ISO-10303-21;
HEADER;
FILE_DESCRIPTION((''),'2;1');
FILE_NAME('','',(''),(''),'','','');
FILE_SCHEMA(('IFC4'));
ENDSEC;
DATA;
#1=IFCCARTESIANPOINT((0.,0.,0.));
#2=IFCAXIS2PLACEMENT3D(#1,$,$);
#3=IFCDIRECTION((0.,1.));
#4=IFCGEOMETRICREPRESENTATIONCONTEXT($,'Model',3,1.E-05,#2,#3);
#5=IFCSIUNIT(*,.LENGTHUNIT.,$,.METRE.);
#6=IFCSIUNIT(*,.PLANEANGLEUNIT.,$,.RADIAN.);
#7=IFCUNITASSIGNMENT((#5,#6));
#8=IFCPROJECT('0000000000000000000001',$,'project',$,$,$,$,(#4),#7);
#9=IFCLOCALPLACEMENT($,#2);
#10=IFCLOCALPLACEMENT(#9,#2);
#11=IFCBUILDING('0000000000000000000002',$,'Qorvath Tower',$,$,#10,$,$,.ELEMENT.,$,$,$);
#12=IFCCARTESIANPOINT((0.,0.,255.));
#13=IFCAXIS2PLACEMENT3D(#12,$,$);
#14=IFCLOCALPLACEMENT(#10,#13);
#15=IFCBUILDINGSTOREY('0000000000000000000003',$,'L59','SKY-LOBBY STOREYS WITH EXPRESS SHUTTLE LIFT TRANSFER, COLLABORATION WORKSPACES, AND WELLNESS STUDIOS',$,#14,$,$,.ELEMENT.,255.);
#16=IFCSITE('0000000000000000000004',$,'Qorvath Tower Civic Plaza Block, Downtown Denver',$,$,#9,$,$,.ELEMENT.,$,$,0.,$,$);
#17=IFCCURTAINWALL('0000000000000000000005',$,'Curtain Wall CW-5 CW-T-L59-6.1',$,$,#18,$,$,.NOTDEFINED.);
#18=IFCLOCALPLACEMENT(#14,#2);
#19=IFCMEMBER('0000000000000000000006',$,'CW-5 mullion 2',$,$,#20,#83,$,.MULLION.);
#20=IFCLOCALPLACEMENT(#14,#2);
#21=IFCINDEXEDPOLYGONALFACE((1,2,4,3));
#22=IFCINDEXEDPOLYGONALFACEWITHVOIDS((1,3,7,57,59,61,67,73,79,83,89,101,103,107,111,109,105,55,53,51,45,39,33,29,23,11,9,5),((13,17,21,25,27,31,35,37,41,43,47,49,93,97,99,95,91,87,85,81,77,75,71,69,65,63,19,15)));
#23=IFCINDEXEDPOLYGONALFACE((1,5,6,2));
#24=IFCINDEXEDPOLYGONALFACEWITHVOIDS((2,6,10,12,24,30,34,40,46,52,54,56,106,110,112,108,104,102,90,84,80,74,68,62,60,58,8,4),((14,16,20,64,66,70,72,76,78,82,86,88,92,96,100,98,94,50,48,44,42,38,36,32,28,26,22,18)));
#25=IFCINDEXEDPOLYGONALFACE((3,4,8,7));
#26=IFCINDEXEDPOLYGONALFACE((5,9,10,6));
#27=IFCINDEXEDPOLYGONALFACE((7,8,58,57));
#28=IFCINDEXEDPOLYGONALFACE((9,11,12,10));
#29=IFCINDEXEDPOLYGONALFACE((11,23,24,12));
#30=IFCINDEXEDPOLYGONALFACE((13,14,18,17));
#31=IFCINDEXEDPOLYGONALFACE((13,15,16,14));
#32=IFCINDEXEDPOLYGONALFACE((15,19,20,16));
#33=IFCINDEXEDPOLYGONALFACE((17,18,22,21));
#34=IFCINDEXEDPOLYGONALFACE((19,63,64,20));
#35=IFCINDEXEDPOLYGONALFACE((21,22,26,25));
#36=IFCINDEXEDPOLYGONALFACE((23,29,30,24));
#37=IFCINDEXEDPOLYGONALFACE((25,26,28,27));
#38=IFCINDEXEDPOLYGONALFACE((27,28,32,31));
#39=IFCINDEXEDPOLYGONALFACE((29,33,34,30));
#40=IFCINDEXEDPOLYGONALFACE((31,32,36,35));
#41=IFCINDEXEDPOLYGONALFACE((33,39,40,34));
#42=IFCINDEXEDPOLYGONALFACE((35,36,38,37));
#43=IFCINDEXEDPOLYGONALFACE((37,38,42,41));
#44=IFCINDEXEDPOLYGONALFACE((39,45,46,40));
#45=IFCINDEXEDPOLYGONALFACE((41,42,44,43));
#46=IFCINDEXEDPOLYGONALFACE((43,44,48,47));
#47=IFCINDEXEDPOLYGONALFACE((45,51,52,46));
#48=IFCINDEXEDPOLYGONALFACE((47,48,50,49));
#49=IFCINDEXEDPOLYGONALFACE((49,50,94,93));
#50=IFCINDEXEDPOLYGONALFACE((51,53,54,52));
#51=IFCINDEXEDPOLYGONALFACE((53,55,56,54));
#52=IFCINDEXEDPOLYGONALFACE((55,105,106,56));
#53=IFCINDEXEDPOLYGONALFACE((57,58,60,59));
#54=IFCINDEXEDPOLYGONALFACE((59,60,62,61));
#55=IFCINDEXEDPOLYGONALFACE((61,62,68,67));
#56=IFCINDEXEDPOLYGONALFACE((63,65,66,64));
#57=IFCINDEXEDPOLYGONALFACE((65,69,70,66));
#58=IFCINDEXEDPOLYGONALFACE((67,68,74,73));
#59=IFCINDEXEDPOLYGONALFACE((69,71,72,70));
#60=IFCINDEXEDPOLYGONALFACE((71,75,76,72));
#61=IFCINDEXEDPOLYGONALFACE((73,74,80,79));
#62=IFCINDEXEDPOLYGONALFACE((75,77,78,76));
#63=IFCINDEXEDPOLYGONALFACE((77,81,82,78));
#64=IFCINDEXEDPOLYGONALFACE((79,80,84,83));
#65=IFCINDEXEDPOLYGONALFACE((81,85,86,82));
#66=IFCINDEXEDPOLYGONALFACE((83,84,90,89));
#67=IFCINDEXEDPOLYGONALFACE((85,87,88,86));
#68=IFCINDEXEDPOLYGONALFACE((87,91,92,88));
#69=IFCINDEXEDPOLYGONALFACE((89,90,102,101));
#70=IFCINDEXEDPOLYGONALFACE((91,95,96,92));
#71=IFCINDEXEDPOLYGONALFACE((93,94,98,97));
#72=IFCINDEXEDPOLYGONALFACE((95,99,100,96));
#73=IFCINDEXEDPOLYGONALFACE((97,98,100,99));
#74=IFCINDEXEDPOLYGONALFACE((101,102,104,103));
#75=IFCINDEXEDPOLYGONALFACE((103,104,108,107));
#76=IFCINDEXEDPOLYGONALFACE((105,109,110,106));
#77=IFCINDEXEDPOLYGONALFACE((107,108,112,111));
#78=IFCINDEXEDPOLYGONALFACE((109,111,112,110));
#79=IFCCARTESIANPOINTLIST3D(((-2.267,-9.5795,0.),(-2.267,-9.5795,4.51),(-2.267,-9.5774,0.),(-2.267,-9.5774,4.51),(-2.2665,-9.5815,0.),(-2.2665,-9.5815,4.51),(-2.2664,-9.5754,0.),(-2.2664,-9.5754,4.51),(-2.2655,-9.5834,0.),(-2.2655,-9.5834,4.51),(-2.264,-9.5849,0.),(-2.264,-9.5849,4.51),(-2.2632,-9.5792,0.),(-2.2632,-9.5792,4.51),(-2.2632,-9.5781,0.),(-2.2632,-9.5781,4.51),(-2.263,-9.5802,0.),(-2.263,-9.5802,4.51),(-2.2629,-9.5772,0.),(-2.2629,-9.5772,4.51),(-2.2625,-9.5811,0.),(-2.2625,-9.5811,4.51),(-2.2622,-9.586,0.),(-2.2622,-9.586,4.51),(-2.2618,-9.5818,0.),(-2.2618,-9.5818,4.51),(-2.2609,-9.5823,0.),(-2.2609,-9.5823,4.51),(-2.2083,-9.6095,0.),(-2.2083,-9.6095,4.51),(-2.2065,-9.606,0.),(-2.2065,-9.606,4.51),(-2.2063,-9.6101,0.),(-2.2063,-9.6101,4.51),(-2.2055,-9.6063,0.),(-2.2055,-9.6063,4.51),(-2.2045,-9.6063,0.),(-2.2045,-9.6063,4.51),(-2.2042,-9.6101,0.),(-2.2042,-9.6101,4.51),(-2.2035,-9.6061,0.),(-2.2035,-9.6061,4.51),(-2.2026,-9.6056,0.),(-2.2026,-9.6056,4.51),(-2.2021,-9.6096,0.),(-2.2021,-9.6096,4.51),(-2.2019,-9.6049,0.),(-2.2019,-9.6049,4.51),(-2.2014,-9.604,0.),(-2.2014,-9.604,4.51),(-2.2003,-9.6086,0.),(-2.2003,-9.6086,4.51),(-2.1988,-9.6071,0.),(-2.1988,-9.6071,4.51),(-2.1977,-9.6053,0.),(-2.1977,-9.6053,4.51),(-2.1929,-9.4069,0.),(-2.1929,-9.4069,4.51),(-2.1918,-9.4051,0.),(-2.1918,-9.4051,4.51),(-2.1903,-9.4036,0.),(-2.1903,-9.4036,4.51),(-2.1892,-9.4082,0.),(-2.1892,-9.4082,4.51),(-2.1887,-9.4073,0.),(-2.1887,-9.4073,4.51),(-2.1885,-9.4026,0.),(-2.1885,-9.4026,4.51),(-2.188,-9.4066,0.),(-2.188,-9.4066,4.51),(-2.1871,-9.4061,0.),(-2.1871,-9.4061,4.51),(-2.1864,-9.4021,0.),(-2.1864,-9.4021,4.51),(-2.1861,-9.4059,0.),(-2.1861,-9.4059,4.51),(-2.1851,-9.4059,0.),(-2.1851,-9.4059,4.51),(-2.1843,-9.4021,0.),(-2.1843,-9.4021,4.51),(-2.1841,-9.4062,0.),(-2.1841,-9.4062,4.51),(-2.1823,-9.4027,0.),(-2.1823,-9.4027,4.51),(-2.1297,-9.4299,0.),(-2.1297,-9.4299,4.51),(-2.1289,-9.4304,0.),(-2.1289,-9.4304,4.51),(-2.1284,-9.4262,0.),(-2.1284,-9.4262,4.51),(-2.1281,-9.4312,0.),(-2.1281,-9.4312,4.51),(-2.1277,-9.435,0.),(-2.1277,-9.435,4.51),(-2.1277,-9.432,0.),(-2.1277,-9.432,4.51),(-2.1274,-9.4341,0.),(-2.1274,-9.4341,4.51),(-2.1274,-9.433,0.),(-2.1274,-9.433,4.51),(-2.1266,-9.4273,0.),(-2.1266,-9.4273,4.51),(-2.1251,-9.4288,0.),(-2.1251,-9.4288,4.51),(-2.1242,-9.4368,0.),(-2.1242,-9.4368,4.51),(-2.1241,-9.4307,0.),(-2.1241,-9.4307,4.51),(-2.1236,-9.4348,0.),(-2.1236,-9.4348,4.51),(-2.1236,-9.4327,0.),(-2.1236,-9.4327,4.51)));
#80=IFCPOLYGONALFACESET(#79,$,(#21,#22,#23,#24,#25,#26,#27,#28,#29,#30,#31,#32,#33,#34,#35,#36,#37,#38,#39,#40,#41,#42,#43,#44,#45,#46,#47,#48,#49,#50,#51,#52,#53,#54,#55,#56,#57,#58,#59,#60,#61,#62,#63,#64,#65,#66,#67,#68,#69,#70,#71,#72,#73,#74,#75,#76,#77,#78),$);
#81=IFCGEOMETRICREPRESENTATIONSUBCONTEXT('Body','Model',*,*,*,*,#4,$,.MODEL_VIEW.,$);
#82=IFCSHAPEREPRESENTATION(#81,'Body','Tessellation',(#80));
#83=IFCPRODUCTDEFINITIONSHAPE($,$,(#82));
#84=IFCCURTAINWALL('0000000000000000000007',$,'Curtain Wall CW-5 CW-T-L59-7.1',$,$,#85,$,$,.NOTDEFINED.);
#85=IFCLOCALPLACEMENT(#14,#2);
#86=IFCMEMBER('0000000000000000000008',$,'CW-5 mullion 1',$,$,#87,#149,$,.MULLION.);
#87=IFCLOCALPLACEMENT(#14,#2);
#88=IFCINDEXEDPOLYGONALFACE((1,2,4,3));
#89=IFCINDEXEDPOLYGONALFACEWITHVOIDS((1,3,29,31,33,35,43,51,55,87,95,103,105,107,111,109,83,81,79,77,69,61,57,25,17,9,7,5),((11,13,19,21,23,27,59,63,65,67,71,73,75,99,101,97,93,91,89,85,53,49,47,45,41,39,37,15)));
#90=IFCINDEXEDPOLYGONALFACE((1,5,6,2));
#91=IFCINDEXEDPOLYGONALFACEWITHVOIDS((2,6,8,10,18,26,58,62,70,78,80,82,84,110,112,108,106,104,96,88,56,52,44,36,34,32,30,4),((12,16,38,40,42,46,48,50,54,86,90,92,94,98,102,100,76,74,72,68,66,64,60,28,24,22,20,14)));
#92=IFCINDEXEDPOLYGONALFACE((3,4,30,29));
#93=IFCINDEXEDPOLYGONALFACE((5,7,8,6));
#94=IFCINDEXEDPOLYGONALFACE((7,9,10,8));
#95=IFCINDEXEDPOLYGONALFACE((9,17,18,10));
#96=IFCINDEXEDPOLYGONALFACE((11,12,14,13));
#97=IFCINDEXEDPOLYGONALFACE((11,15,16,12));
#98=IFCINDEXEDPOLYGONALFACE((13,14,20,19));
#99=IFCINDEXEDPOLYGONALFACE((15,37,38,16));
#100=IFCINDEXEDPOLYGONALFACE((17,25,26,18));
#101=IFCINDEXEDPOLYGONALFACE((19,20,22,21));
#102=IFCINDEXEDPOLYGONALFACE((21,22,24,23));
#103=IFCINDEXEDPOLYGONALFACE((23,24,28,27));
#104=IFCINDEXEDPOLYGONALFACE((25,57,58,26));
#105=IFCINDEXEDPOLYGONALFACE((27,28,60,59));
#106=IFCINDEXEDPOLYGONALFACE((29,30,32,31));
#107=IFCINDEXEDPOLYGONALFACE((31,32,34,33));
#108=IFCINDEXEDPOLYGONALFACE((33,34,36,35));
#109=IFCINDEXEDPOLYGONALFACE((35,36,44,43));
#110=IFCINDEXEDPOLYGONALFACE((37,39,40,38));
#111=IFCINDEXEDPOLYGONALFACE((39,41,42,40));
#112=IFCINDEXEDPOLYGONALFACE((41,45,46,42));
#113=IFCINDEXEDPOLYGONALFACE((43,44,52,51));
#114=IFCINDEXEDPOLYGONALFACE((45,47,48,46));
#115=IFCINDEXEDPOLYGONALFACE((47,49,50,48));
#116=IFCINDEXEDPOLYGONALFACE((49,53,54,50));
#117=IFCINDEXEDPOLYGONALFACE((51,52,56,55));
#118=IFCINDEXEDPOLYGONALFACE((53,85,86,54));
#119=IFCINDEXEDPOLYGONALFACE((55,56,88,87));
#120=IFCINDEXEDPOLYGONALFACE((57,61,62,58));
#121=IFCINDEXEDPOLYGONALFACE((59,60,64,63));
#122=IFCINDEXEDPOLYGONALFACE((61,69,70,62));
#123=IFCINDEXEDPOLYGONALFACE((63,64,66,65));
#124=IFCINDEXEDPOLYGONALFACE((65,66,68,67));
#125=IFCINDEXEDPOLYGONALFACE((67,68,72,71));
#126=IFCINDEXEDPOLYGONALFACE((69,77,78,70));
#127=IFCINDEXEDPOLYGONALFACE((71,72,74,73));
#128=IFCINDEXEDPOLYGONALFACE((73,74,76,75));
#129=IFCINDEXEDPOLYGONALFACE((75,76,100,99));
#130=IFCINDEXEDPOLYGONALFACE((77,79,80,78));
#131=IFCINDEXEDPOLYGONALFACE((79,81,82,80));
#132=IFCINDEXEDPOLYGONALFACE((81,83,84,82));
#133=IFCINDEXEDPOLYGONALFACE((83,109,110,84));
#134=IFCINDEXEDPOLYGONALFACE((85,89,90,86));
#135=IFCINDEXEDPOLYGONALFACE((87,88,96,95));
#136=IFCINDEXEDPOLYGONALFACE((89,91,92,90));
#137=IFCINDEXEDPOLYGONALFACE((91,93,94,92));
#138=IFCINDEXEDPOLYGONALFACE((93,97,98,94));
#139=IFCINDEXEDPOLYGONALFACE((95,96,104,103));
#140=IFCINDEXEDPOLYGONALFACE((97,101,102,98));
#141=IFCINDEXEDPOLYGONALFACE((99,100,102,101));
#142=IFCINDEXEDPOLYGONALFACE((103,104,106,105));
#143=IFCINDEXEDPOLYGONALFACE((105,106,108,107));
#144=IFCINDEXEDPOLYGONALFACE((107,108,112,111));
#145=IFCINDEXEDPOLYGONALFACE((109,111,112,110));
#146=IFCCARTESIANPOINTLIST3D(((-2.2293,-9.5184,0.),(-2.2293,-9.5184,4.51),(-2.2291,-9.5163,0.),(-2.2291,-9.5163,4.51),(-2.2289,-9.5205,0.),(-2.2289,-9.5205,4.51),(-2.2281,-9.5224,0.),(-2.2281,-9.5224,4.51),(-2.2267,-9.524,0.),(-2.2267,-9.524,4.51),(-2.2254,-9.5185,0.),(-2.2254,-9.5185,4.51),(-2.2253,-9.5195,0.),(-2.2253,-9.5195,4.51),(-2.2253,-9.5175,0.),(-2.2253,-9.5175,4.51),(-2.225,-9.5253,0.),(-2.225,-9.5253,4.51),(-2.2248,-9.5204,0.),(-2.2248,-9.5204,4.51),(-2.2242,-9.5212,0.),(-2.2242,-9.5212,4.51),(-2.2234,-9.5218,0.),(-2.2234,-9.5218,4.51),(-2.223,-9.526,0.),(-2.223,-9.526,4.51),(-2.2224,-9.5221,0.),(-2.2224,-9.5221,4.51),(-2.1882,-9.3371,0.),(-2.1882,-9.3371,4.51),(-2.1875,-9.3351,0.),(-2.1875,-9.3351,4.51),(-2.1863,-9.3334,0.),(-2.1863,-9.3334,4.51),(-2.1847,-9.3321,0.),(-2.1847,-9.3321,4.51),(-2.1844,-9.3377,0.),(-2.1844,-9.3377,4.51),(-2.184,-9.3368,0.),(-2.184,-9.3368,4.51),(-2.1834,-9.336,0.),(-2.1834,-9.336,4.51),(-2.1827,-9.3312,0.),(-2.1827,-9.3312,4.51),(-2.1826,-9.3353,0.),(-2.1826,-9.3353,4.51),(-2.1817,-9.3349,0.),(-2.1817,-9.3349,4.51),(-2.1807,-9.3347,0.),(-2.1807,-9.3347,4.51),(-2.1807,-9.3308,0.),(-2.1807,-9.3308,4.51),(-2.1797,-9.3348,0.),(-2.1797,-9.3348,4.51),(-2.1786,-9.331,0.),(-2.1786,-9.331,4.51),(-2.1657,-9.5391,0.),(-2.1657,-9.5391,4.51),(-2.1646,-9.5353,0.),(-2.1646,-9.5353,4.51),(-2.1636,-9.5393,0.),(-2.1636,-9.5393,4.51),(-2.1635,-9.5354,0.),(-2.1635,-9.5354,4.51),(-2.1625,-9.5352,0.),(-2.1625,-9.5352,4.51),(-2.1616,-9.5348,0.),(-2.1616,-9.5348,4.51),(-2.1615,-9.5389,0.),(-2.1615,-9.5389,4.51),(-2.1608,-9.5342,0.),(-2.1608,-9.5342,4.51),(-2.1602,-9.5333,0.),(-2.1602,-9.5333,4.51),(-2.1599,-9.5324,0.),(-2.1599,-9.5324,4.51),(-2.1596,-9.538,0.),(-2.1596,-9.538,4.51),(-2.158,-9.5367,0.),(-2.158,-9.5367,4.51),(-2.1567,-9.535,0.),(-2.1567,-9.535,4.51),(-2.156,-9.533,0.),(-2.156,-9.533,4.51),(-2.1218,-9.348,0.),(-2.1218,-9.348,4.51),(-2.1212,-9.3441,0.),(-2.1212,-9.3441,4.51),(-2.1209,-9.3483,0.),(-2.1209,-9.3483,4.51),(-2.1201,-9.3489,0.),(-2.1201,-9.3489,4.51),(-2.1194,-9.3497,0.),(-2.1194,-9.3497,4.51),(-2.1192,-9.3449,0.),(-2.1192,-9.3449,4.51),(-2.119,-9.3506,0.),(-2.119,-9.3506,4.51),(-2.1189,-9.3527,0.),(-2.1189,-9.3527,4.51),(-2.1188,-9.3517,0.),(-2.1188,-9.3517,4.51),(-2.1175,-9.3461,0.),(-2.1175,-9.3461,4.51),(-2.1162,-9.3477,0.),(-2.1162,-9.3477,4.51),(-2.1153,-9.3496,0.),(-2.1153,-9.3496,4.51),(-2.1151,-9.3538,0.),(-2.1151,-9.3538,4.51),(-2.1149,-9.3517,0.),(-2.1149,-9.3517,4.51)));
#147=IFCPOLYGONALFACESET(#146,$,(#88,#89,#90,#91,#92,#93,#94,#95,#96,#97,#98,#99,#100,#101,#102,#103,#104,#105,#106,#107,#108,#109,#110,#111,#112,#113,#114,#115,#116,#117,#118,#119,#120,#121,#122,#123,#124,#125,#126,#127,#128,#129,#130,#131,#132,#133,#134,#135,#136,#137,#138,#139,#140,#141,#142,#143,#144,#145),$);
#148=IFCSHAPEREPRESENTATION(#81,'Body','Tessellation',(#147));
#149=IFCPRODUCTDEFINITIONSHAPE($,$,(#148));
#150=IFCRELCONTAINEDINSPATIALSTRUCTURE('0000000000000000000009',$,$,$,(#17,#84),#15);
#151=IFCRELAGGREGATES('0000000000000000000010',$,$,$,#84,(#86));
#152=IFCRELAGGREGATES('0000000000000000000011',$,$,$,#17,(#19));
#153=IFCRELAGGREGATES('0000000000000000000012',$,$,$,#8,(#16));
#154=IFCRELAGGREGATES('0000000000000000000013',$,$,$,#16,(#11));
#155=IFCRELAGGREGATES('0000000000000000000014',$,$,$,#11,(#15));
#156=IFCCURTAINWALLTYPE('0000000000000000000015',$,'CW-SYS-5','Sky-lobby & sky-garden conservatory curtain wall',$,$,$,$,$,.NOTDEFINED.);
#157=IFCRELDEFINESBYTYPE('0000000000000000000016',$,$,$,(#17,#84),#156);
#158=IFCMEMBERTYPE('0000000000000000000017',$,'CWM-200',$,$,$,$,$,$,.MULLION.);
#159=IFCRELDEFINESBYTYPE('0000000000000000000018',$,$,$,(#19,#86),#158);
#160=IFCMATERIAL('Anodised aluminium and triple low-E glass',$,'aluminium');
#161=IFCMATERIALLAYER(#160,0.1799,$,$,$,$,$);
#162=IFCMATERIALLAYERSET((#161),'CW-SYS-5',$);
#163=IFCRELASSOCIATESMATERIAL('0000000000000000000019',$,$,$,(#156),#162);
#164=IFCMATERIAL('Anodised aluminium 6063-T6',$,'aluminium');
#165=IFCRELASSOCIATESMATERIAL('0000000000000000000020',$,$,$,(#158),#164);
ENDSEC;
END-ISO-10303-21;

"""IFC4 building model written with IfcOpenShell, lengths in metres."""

from ifc_helpers import new_model, si_unit, direction, frame, origin, origin_2d, place, context, subcontext, project, spatial, hollow_rectangle, extrude, material, layer, layer_set, material_profile, profile_set, type_object, element, aggregate, save


model = new_model("IFC4")

# Units and contexts
model_context = context("Model", 3, precision=1e-05, world=origin(), true_north=direction((0.0, 1.0)))
body_context = subcontext(model_context, "Body", "Model", "MODEL_VIEW")
ifc_project = project(units=[si_unit("LENGTHUNIT", "METRE"), si_unit("PLANEANGLEUNIT", "RADIAN")], contexts=[model_context])

# Site, building, storey
site_placement = place(None, origin())
site = spatial("IfcSite", under=ifc_project, at=site_placement, Name="Qorvath Tower Civic Plaza Block, Downtown Denver", CompositionType="ELEMENT", RefElevation=0.0)
building_placement = place(site_placement, origin())
building = spatial("IfcBuilding", under=site, at=building_placement, Name="Qorvath Tower", CompositionType="ELEMENT")
storey_placement = place(building_placement, frame((0.0, 0.0, 255.0)))
storey = spatial("IfcBuildingStorey", under=building, at=storey_placement, Name="L59", Description="SKY-LOBBY STOREYS WITH EXPRESS SHUTTLE LIFT TRANSFER, COLLABORATION WORKSPACES, AND WELLNESS STUDIOS", CompositionType="ELEMENT", Elevation=255.0)

# Shared definitions
ifc_material_1 = material(Name="Anodised aluminium and triple low-E glass", Category="aluminium")
ifc_layer_1 = layer(ifc_material_1, 0.1799)
ifc_layer_set_1 = layer_set([ifc_layer_1], Name="CW-SYS-5")
curtain_wall_type = type_object("IfcCurtainWallType", Name="CW-SYS-5", Description="Sky-lobby & sky-garden conservatory curtain wall", PredefinedType="NOTDEFINED", material=ifc_layer_set_1)
ifc_material_2 = material(Name="Anodised aluminium 6063-T6", Category="aluminium")
ifc_material_profile_1 = material_profile(ifc_material_2, hollow_rectangle(XDim=0.075, YDim=0.2, WallThickness=0.0039, InnerFilletRadius=0.0039, OuterFilletRadius=0.0081, at=origin_2d()), Name="CWM 200x75")
ifc_profile_set_1 = profile_set([ifc_material_profile_1], Name="Anodised aluminium 6063-T6")
member_type_1 = type_object("IfcMemberType", Name="CWM-200", PredefinedType="MULLION", material=ifc_profile_set_1)

# Curtain wall, member
curtain_wall_1_placement = place(storey_placement, origin())
curtain_wall_1 = element("IfcCurtainWall", 1, at=curtain_wall_1_placement, inside=storey, type_object=curtain_wall_type, Name="Curtain Wall CW-5 CW-T-L59-6.1", PredefinedType="NOTDEFINED")
member_1_placement = place(storey_placement, frame((-2.1953, -9.5061, 0.0), z_axis=(0.0, 0.0, 1.0), x_axis=(-0.916661, 0.399666, 0.0)))
member_1 = element("IfcMember", 2, at=member_1_placement, type_object=member_type_1, Name="CW-5 mullion 2", PredefinedType="MULLION", context=body_context, shape_type="SweptSolid", body=[
    extrude(hollow_rectangle(XDim=0.075, YDim=0.2, WallThickness=0.0039, InnerFilletRadius=0.0039, OuterFilletRadius=0.0081, at=origin_2d()), origin(), (0.0, 0.0, 1.0), 4.51),
])

# Curtain wall, member
curtain_wall_2_placement = place(storey_placement, origin())
curtain_wall_2 = element("IfcCurtainWall", 3, at=curtain_wall_2_placement, inside=storey, type_object=curtain_wall_type, Name="Curtain Wall CW-5 CW-T-L59-7.1", PredefinedType="NOTDEFINED")
member_2_placement = place(storey_placement, frame((-2.1721, -9.4351, 0.0), z_axis=(0.0, 0.0, 1.0), x_axis=(-0.974971, 0.222331, 0.0)))
member_2 = element("IfcMember", 4, at=member_2_placement, type_object=member_type_1, Name="CW-5 mullion 1", PredefinedType="MULLION", context=body_context, shape_type="SweptSolid", body=[
    extrude(hollow_rectangle(XDim=0.075, YDim=0.2, WallThickness=0.0039, InnerFilletRadius=0.0039, OuterFilletRadius=0.0081, at=origin_2d()), origin(), (0.0, 0.0, 1.0), 4.51),
])

aggregate(curtain_wall_2, [member_2])

aggregate(curtain_wall_1, [member_1])

save(model, "model.ifc")
